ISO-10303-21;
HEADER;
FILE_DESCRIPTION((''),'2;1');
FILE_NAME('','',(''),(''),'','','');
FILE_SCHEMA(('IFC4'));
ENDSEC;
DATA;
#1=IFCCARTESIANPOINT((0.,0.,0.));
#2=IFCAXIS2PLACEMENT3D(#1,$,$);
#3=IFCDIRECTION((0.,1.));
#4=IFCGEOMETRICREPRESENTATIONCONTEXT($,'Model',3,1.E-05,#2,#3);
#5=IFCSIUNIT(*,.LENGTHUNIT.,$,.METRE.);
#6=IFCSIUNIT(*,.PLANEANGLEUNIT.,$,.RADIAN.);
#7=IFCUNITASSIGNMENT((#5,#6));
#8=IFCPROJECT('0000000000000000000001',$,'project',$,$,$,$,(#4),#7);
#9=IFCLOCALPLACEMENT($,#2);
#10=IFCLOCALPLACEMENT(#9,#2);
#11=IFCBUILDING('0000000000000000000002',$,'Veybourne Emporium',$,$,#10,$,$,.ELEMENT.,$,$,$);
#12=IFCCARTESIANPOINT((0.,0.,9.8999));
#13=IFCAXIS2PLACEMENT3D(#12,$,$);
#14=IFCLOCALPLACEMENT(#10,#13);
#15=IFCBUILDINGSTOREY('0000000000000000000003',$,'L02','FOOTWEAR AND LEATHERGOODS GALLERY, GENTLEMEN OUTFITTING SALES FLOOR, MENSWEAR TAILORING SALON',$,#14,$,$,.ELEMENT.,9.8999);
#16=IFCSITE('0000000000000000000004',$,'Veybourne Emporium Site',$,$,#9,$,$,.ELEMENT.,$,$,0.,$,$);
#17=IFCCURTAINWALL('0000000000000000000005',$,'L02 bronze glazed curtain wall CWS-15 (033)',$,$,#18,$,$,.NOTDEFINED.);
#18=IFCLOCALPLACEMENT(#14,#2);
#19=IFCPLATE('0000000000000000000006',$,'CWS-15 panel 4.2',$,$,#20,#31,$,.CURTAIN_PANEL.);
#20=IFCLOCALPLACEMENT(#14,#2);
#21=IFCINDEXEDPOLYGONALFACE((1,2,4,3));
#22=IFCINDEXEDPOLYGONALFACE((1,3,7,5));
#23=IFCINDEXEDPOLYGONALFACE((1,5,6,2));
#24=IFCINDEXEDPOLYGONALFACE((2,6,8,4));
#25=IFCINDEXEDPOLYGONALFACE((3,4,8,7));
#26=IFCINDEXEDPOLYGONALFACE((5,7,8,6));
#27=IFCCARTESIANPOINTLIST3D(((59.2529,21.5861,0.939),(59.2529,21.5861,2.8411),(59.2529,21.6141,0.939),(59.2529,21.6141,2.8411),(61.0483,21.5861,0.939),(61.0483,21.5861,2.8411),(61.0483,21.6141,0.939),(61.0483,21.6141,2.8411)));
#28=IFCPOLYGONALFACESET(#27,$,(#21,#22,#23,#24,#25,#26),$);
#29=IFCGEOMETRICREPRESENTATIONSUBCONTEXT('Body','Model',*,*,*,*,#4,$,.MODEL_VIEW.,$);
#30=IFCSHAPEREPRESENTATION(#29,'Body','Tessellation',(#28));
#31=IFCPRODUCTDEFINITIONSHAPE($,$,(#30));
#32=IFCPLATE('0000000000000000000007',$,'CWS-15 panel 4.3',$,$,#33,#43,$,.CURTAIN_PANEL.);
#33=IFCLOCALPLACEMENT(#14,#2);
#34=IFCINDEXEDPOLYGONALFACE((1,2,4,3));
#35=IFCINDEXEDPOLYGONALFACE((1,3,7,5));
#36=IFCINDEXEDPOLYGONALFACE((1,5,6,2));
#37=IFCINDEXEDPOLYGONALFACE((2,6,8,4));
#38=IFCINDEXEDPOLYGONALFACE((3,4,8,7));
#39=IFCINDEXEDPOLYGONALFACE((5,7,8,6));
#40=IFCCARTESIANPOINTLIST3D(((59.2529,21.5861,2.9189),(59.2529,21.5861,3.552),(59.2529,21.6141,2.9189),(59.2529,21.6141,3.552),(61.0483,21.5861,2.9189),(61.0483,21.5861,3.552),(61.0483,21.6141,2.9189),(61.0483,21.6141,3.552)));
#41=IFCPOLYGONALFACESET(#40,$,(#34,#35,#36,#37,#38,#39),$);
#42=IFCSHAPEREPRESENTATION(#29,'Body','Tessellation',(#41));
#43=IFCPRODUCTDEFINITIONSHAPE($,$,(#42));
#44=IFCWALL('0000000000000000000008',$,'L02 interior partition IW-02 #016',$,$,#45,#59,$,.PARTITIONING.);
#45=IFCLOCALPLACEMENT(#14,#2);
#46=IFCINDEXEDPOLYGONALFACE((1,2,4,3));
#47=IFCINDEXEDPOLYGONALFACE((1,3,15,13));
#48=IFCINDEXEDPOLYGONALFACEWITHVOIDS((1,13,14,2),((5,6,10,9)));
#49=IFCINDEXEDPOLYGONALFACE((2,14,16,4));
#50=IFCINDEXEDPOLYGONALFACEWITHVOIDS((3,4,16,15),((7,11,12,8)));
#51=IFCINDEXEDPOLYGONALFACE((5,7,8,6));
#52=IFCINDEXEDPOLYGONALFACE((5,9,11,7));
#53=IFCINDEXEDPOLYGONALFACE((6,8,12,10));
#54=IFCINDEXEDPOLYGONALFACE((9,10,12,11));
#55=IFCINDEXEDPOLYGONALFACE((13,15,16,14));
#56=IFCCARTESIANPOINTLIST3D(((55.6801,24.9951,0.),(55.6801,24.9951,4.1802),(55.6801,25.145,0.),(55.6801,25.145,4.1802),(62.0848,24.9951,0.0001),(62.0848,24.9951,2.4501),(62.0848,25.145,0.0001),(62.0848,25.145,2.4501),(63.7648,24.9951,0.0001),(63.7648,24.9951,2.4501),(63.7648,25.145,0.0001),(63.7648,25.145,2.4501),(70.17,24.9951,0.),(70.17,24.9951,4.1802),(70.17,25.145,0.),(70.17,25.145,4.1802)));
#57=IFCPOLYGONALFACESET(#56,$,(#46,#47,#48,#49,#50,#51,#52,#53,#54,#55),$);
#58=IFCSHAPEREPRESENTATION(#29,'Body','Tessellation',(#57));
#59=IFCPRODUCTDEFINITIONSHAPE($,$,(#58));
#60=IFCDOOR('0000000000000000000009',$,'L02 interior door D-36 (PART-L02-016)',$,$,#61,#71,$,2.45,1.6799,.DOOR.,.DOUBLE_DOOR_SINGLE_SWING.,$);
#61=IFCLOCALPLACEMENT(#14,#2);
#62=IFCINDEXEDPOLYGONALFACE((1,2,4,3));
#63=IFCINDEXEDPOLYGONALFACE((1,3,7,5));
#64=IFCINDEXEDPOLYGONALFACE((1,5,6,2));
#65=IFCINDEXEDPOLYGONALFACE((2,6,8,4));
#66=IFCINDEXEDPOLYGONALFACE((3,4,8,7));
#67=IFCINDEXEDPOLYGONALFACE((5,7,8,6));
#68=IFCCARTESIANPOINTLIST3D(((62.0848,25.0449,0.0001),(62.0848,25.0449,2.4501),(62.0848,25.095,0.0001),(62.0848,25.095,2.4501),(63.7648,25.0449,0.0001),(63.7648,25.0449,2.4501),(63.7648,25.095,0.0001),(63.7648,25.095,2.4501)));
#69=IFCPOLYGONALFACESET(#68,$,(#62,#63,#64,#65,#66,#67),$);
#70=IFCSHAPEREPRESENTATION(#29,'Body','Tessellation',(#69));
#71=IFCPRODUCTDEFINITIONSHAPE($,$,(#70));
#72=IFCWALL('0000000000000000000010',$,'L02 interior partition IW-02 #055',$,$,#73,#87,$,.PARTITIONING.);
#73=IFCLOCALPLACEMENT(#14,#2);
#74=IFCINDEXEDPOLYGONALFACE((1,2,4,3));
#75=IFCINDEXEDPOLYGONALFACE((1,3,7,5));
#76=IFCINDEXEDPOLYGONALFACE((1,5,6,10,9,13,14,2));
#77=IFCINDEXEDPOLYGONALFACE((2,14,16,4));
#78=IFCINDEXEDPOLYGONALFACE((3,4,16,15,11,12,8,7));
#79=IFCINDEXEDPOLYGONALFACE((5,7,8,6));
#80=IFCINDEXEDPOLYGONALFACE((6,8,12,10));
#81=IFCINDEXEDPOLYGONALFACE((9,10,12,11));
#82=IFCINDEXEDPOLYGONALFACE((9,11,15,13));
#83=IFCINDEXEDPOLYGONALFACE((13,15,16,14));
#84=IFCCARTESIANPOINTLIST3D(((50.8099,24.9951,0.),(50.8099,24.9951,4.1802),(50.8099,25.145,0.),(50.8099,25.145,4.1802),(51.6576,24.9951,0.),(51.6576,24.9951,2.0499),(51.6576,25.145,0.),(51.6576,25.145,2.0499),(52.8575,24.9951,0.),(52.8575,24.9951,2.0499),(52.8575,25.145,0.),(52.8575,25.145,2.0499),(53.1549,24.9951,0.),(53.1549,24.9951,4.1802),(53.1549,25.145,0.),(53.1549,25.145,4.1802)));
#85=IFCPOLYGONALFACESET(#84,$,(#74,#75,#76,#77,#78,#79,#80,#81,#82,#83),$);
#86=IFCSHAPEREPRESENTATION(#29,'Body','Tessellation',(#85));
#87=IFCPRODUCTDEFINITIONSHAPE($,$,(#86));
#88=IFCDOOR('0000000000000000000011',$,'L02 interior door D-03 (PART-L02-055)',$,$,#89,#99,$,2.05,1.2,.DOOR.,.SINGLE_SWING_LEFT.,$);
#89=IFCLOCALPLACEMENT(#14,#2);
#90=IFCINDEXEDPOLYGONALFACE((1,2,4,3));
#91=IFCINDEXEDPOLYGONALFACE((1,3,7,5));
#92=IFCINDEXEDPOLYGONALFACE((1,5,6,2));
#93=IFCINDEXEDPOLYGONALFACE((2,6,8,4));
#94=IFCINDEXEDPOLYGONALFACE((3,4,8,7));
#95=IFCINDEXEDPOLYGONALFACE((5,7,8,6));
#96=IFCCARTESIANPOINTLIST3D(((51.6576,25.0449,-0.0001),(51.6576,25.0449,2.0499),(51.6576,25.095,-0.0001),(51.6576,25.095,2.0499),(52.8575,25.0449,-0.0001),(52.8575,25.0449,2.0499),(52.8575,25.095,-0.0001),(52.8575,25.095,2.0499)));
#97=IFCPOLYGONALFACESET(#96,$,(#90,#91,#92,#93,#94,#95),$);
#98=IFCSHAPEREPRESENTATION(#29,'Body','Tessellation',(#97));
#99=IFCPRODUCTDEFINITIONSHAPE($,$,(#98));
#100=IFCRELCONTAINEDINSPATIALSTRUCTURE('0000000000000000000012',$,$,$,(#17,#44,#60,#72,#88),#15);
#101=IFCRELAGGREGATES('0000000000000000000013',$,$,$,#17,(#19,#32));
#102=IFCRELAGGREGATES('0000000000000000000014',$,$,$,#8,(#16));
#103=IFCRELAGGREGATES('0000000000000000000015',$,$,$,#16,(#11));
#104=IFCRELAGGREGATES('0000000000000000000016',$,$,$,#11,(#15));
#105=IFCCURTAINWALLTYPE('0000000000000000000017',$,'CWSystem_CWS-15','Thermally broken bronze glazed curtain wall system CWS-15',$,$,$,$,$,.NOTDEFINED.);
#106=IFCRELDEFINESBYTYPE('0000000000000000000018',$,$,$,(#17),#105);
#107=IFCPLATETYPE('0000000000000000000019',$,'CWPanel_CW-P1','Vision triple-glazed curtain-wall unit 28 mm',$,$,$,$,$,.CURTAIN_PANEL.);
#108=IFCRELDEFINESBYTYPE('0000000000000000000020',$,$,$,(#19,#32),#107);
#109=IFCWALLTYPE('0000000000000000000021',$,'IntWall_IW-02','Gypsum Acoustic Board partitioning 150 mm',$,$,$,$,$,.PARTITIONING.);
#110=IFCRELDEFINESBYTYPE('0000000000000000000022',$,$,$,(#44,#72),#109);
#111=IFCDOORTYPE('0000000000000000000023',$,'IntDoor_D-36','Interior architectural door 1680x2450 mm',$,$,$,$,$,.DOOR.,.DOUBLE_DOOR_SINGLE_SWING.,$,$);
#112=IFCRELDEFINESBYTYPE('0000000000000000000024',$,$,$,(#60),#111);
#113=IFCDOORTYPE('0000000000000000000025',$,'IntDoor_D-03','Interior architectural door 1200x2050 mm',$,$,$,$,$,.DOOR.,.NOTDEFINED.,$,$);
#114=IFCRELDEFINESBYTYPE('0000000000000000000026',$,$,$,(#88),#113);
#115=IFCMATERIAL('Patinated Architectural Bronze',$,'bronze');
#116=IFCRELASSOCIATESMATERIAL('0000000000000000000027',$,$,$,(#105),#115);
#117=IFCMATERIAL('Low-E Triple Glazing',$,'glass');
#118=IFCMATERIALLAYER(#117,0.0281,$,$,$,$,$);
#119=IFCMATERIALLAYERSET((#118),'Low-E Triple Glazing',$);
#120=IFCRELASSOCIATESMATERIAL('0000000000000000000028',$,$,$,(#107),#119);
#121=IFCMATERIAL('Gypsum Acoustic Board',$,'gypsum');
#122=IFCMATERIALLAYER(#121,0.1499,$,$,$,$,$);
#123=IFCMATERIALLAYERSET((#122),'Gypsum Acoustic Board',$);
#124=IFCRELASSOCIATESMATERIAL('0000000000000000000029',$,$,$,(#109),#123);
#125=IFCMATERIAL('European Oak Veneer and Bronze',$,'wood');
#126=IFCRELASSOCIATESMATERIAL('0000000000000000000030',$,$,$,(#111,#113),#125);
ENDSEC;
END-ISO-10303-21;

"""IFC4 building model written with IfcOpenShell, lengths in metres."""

from ifc_helpers import new_model, si_unit, direction, frame, frame_2d, origin, origin_2d, place, context, subcontext, project, spatial, rectangle, extrude, material, layer, layer_set, type_object, element, fill, aggregate, save


model = new_model("IFC4")

# Units and contexts
model_context = context("Model", 3, precision=1e-05, world=origin(), true_north=direction((0.0, 1.0)))
body_context = subcontext(model_context, "Body", "Model", "MODEL_VIEW")
ifc_project = project(units=[si_unit("LENGTHUNIT", "METRE"), si_unit("PLANEANGLEUNIT", "RADIAN")], contexts=[model_context])

# Site, building, storey
site_placement = place(None, origin())
site = spatial("IfcSite", under=ifc_project, at=site_placement, Name="Veybourne Emporium Site", CompositionType="ELEMENT", RefElevation=0.0)
building_placement = place(site_placement, origin())
building = spatial("IfcBuilding", under=site, at=building_placement, Name="Veybourne Emporium", CompositionType="ELEMENT")
storey_placement = place(building_placement, frame((0.0, 0.0, 9.8999)))
storey = spatial("IfcBuildingStorey", under=building, at=storey_placement, Name="L02", Description="FOOTWEAR AND LEATHERGOODS GALLERY, GENTLEMEN OUTFITTING SALES FLOOR, MENSWEAR TAILORING SALON", CompositionType="ELEMENT", Elevation=9.8999)

# Curtain wall
ifc_material_1 = material(Name="Patinated Architectural Bronze", Category="bronze")
curtain_wall_type = type_object("IfcCurtainWallType", Name="CWSystem_CWS-15", Description="Thermally broken bronze glazed curtain wall system CWS-15", PredefinedType="NOTDEFINED", material=ifc_material_1)
curtain_wall_placement = place(storey_placement, origin())
curtain_wall = element("IfcCurtainWall", 1, at=curtain_wall_placement, inside=storey, type_object=curtain_wall_type, Name="L02 bronze glazed curtain wall CWS-15 (033)", PredefinedType="NOTDEFINED")

# Plates
ifc_material_2 = material(Name="Low-E Triple Glazing", Category="glass")
ifc_layer_1 = layer(ifc_material_2, 0.0281)
ifc_layer_set_1 = layer_set([ifc_layer_1], Name="Low-E Triple Glazing")
plate_type = type_object("IfcPlateType", Name="CWPanel_CW-P1", Description="Vision triple-glazed curtain-wall unit 28 mm", PredefinedType="CURTAIN_PANEL", material=ifc_layer_set_1)
plate_1_placement = place(storey_placement, frame((60.1506, 21.6001, 0.939), z_axis=(0.0, 0.0, 1.0), x_axis=(-1.0, 0.0, 0.0)))
plate_1 = element("IfcPlate", 2, at=plate_1_placement, type_object=plate_type, Name="CWS-15 panel 4.2", PredefinedType="CURTAIN_PANEL", context=body_context, shape_type="SweptSolid", body=[
    extrude(rectangle(XDim=1.7954, YDim=0.0281, at=origin_2d()), origin(), (0.0, 0.0, 1.0), 1.9021),
])
plate_2_placement = place(storey_placement, frame((60.1506, 21.6001, 2.9189), z_axis=(0.0, 0.0, 1.0), x_axis=(-1.0, 0.0, 0.0)))
plate_2 = element("IfcPlate", 3, at=plate_2_placement, type_object=plate_type, Name="CWS-15 panel 4.3", PredefinedType="CURTAIN_PANEL", context=body_context, shape_type="SweptSolid", body=[
    extrude(rectangle(XDim=1.7954, YDim=0.0281, at=origin_2d()), origin(), (0.0, 0.0, 1.0), 0.6331),
])
aggregate(curtain_wall, [plate_1, plate_2])

# Walls, openings, doors
ifc_material_3 = material(Name="Gypsum Acoustic Board", Category="gypsum")
ifc_layer_2 = layer(ifc_material_3, 0.1499)
ifc_layer_set_2 = layer_set([ifc_layer_2], Name="Gypsum Acoustic Board")
wall_type = type_object("IfcWallType", Name="IntWall_IW-02", Description="Gypsum Acoustic Board partitioning 150 mm", PredefinedType="PARTITIONING", material=ifc_layer_set_2)
wall_1_placement = place(storey_placement, frame((55.6799, 25.0701, 0.0), z_axis=(0.0, 0.0, 1.0), x_axis=(1.0, 0.0, 0.0)))
wall_1 = element("IfcWall", 4, at=wall_1_placement, inside=storey, type_object=wall_type, Name="L02 interior partition IW-02 #016", PredefinedType="PARTITIONING", context=body_context, shape_type="SweptSolid", body=[
    extrude(rectangle(XDim=14.49, YDim=0.1499, at=frame_2d((7.2451, 0.0))), origin(), (0.0, 0.0, 1.0), 4.1802),
])
opening_1_placement = place(wall_1_placement, frame((6.405, 0.0, 0.0)))
opening_1 = element("IfcOpeningElement", 5, at=opening_1_placement, cuts=wall_1, PredefinedType="OPENING", context=body_context, shape_type="SweptSolid", body=[
    extrude(rectangle(XDim=1.6799, YDim=2.45, at=frame_2d((0.8398, 1.2251))), frame((0.0, 0.095, 0.0), z_axis=(0.0, -1.0, 0.0), x_axis=(1.0, 0.0, 0.0)), (0.0, 0.0, 1.0), 0.1899),
])
ifc_material_4 = material(Name="European Oak Veneer and Bronze", Category="wood")
door_type_1 = type_object("IfcDoorType", Name="IntDoor_D-36", Description="Interior architectural door 1680x2450 mm", OperationType="DOUBLE_DOOR_SINGLE_SWING", PredefinedType="DOOR", material=ifc_material_4)
door_1_placement = place(opening_1_placement, origin())
door_1 = element("IfcDoor", 6, at=door_1_placement, inside=storey, type_object=door_type_1, Name="L02 interior door D-36 (PART-L02-016)", OperationType="DOUBLE_DOOR_SINGLE_SWING", OverallHeight=2.45, OverallWidth=1.6799, PredefinedType="DOOR", context=body_context, shape_type="SweptSolid", body=[
    extrude(rectangle(XDim=1.6799, YDim=2.45, at=frame_2d((0.8398, 1.2251))), frame((0.0, 0.0249, 0.0), z_axis=(0.0, -1.0, 0.0), x_axis=(1.0, 0.0, 0.0)), (0.0, 0.0, 1.0), 0.05),
])
fill(opening_1, door_1)
wall_2_placement = place(storey_placement, frame((50.8101, 25.0701, 0.0), z_axis=(0.0, 0.0, 1.0), x_axis=(1.0, 0.0, 0.0)))
wall_2 = element("IfcWall", 7, at=wall_2_placement, inside=storey, type_object=wall_type, Name="L02 interior partition IW-02 #055", PredefinedType="PARTITIONING", context=body_context, shape_type="SweptSolid", body=[
    extrude(rectangle(XDim=2.345, YDim=0.1499, at=frame_2d((1.1724, 0.0))), origin(), (0.0, 0.0, 1.0), 4.1802),
])
opening_2_placement = place(wall_2_placement, frame((0.8474, 0.0, 0.0)))
opening_2 = element("IfcOpeningElement", 8, at=opening_2_placement, cuts=wall_2, PredefinedType="OPENING", context=body_context, shape_type="SweptSolid", body=[
    extrude(rectangle(XDim=1.2, YDim=2.05, at=frame_2d((0.6001, 1.0249))), frame((0.0, 0.095, 0.0), z_axis=(0.0, -1.0, 0.0), x_axis=(1.0, 0.0, 0.0)), (0.0, 0.0, 1.0), 0.1899),
])
door_type_2 = type_object("IfcDoorType", Name="IntDoor_D-03", Description="Interior architectural door 1200x2050 mm", OperationType="NOTDEFINED", PredefinedType="DOOR", material=ifc_material_4)
door_2_placement = place(opening_2_placement, origin())
door_2 = element("IfcDoor", 9, at=door_2_placement, inside=storey, type_object=door_type_2, Name="L02 interior door D-03 (PART-L02-055)", OperationType="SINGLE_SWING_LEFT", OverallHeight=2.05, OverallWidth=1.2, PredefinedType="DOOR", context=body_context, shape_type="SweptSolid", body=[
    extrude(rectangle(XDim=1.2, YDim=2.05, at=frame_2d((0.6001, 1.0249))), frame((0.0, 0.0249, 0.0), z_axis=(0.0, -1.0, 0.0), x_axis=(1.0, 0.0, 0.0)), (0.0, 0.0, 1.0), 0.05),
])
fill(opening_2, door_2)

save(model, "model.ifc")
